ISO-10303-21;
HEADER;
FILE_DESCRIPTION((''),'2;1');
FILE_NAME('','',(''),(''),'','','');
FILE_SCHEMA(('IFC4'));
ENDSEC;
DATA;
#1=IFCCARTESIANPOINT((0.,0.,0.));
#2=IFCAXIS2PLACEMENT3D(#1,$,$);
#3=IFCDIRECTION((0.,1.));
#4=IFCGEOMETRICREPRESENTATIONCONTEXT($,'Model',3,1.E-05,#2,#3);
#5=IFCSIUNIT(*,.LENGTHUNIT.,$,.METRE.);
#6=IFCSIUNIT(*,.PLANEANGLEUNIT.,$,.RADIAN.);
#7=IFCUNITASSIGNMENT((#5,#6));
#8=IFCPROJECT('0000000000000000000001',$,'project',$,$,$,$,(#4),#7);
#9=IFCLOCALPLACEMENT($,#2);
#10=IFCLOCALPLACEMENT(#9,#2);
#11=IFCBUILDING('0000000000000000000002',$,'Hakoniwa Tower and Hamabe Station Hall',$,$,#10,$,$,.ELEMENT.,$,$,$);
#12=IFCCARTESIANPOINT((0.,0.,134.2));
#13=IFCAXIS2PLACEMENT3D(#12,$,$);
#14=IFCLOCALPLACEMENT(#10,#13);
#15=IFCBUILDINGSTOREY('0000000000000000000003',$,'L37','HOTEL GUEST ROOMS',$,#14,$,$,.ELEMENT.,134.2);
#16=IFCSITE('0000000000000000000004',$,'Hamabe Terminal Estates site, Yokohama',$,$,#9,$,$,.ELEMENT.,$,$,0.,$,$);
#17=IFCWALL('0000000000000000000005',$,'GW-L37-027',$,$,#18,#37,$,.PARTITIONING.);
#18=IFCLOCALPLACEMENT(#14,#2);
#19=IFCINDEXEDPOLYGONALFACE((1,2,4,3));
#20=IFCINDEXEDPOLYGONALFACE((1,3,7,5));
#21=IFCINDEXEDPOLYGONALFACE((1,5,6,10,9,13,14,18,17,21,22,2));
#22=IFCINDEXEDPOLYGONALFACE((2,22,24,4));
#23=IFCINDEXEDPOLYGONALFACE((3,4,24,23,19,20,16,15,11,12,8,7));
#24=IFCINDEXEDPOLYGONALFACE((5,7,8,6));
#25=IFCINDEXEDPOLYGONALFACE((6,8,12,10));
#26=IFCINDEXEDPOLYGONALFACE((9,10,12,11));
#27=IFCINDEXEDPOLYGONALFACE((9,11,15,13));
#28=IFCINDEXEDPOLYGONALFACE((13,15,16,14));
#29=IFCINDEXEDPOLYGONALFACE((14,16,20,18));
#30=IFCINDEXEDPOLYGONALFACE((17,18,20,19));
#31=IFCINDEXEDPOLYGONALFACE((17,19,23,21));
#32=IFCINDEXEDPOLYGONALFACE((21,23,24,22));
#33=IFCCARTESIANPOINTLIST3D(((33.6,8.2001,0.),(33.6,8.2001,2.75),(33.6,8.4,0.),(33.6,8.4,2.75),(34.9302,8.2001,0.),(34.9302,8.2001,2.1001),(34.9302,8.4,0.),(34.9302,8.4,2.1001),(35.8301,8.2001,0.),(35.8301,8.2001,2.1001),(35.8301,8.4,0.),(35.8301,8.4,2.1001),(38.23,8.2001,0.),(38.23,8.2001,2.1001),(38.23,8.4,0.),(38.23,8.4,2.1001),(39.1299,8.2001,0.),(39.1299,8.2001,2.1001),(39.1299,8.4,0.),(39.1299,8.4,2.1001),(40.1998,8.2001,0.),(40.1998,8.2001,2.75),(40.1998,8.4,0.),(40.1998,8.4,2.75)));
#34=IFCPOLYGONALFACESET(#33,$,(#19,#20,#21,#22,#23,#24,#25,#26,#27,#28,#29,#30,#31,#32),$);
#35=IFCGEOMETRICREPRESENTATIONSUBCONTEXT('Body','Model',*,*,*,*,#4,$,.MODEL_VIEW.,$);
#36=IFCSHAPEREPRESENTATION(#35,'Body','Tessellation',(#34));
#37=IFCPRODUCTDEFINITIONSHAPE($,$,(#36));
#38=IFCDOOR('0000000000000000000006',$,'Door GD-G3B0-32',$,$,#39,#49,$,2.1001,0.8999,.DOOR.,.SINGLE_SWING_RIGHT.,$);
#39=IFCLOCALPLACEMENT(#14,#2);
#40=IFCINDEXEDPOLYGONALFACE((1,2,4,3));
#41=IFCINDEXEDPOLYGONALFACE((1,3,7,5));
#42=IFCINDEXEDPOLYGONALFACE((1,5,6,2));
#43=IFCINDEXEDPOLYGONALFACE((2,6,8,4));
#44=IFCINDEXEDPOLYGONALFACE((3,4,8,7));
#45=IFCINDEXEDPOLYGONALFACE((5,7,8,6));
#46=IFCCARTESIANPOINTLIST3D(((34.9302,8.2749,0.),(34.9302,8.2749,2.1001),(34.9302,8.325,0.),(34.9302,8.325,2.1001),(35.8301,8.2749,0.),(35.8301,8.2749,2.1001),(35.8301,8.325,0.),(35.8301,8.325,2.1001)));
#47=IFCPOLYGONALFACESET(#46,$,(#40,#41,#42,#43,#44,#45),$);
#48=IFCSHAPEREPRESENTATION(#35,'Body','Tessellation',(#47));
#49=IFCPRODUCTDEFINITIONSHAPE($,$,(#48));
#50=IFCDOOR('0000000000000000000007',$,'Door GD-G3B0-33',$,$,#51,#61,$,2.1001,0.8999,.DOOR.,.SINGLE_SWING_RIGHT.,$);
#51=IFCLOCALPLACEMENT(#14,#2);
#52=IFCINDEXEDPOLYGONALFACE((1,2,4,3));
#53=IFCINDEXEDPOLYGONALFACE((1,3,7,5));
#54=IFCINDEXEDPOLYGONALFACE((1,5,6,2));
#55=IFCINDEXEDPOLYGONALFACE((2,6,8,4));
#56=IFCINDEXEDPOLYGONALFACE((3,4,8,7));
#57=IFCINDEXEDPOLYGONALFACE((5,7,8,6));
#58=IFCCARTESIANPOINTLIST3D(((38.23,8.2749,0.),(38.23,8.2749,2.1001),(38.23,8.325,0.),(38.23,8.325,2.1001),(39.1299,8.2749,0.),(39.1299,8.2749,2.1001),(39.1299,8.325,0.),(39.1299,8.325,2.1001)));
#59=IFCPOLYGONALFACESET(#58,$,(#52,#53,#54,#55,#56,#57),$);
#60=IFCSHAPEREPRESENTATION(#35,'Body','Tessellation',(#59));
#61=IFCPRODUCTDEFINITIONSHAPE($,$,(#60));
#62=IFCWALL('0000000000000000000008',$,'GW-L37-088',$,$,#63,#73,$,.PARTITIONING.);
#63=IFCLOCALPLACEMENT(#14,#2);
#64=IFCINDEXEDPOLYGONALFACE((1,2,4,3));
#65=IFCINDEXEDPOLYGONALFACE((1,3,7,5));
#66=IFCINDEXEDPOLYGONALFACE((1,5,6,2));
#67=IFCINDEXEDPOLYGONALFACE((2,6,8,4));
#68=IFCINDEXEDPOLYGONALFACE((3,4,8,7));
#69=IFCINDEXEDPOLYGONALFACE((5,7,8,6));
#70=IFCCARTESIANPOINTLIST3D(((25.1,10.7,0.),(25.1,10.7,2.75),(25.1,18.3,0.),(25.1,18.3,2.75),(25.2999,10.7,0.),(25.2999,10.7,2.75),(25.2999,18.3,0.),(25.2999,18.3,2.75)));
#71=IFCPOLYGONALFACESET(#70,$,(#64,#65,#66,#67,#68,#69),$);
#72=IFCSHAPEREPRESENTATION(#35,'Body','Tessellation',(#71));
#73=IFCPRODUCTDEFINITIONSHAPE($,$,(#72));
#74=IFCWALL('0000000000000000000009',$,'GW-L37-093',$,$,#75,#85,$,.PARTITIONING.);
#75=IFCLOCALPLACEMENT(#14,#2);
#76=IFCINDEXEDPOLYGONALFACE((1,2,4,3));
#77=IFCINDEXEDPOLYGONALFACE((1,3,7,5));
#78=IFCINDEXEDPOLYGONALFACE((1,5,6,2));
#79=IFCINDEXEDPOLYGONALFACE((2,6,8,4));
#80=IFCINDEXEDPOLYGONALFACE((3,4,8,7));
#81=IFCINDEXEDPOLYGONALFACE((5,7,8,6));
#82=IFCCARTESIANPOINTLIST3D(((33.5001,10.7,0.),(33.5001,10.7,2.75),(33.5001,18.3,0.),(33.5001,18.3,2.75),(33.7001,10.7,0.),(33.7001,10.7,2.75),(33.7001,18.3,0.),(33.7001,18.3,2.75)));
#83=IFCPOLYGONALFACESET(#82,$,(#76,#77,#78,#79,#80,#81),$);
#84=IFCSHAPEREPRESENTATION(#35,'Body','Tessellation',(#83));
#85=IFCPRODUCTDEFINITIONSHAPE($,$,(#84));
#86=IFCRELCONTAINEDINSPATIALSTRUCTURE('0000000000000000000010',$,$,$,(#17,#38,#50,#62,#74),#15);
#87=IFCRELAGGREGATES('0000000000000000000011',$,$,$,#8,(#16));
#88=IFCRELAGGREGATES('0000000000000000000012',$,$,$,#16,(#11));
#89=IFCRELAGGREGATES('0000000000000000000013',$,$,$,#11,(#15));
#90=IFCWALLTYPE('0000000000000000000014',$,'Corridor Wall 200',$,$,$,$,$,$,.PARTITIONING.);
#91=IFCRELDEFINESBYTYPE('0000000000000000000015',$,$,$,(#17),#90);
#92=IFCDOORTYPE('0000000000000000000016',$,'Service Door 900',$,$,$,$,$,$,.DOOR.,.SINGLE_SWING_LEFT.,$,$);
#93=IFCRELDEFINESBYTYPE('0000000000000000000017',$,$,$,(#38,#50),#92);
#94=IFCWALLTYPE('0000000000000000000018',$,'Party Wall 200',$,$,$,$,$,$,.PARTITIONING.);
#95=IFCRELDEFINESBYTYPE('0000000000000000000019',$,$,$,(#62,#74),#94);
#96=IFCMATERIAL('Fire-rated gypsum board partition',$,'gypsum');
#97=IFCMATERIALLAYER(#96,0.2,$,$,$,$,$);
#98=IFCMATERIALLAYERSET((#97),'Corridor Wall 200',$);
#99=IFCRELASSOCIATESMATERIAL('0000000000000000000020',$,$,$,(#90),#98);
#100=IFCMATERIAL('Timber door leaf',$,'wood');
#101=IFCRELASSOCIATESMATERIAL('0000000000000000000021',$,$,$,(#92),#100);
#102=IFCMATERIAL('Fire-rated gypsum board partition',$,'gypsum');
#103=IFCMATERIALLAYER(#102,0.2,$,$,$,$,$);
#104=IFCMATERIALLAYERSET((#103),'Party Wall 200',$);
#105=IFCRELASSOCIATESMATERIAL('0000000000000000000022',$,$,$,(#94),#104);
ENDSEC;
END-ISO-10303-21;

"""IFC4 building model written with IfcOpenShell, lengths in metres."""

from ifc_helpers import new_model, si_unit, direction, frame, frame_2d, origin, place, context, subcontext, project, spatial, rectangle, extrude, material, layer, layer_set, type_object, element, fill, save


model = new_model("IFC4")

# Units and contexts
model_context = context("Model", 3, precision=1e-05, world=origin(), true_north=direction((0.0, 1.0)))
body_context = subcontext(model_context, "Body", "Model", "MODEL_VIEW")
ifc_project = project(units=[si_unit("LENGTHUNIT", "METRE"), si_unit("PLANEANGLEUNIT", "RADIAN")], contexts=[model_context])

# Site, building, storey
site_placement = place(None, origin())
site = spatial("IfcSite", under=ifc_project, at=site_placement, Name="Hamabe Terminal Estates site, Yokohama", CompositionType="ELEMENT", RefElevation=0.0)
building_placement = place(site_placement, origin())
building = spatial("IfcBuilding", under=site, at=building_placement, Name="Hakoniwa Tower and Hamabe Station Hall", CompositionType="ELEMENT")
storey_placement = place(building_placement, frame((0.0, 0.0, 134.2)))
storey = spatial("IfcBuildingStorey", under=building, at=storey_placement, Name="L37", Description="HOTEL GUEST ROOMS", CompositionType="ELEMENT", Elevation=134.2)

# Wall, openings, doors
ifc_material_1 = material(Name="Fire-rated gypsum board partition", Category="gypsum")
ifc_layer_1 = layer(ifc_material_1, 0.2)
ifc_layer_set_1 = layer_set([ifc_layer_1], Name="Corridor Wall 200")
wall_type_1 = type_object("IfcWallType", Name="Corridor Wall 200", PredefinedType="PARTITIONING", material=ifc_layer_set_1)
wall_1_placement = place(storey_placement, frame((33.6001, 8.3, 0.0), z_axis=(0.0, 0.0, 1.0), x_axis=(1.0, 0.0, 0.0)))
wall_1 = element("IfcWall", 1, at=wall_1_placement, inside=storey, type_object=wall_type_1, Name="GW-L37-027", PredefinedType="PARTITIONING", context=body_context, shape_type="SweptSolid", body=[
    extrude(rectangle(XDim=6.5999, YDim=0.2, at=frame_2d((3.2998, 0.0))), origin(), (0.0, 0.0, 1.0), 2.75),
])
opening_1_placement = place(wall_1_placement, frame((1.3301, 0.0, 0.0)))
opening_1 = element("IfcOpeningElement", 2, at=opening_1_placement, cuts=wall_1, PredefinedType="OPENING", context=body_context, shape_type="SweptSolid", body=[
    extrude(rectangle(XDim=0.8999, YDim=2.1001, at=frame_2d((0.45, 1.05))), frame((0.0, 0.1099, 0.0), z_axis=(0.0, -1.0, 0.0), x_axis=(1.0, 0.0, 0.0)), (0.0, 0.0, 1.0), 0.22),
])
opening_2_placement = place(wall_1_placement, frame((4.6299, 0.0, 0.0)))
opening_2 = element("IfcOpeningElement", 3, at=opening_2_placement, cuts=wall_1, PredefinedType="OPENING", context=body_context, shape_type="SweptSolid", body=[
    extrude(rectangle(XDim=0.8999, YDim=2.1001, at=frame_2d((0.45, 1.05))), frame((0.0, 0.1099, 0.0), z_axis=(0.0, -1.0, 0.0), x_axis=(1.0, 0.0, 0.0)), (0.0, 0.0, 1.0), 0.22),
])
ifc_material_2 = material(Name="Timber door leaf", Category="wood")
door_type_1 = type_object("IfcDoorType", Name="Service Door 900", OperationType="SINGLE_SWING_LEFT", PredefinedType="DOOR", material=ifc_material_2)
door_1_placement = place(opening_1_placement, origin())
door_1 = element("IfcDoor", 4, at=door_1_placement, inside=storey, type_object=door_type_1, Name="Door GD-G3B0-32", OperationType="SINGLE_SWING_RIGHT", OverallHeight=2.1001, OverallWidth=0.8999, PredefinedType="DOOR", context=body_context, shape_type="SweptSolid", body=[
    extrude(rectangle(XDim=0.8999, YDim=2.1001, at=frame_2d((0.45, 1.05))), frame((0.0, 0.0249, 0.0), z_axis=(0.0, -1.0, 0.0), x_axis=(1.0, 0.0, 0.0)), (0.0, 0.0, 1.0), 0.05),
])
fill(opening_1, door_1)
door_2_placement = place(opening_2_placement, origin())
door_2 = element("IfcDoor", 5, at=door_2_placement, inside=storey, type_object=door_type_1, Name="Door GD-G3B0-33", OperationType="SINGLE_SWING_RIGHT", OverallHeight=2.1001, OverallWidth=0.8999, PredefinedType="DOOR", context=body_context, shape_type="SweptSolid", body=[
    extrude(rectangle(XDim=0.8999, YDim=2.1001, at=frame_2d((0.45, 1.05))), frame((0.0, 0.0249, 0.0), z_axis=(0.0, -1.0, 0.0), x_axis=(1.0, 0.0, 0.0)), (0.0, 0.0, 1.0), 0.05),
])
fill(opening_2, door_2)

# Walls
ifc_material_3 = material(Name="Fire-rated gypsum board partition", Category="gypsum")
ifc_layer_2 = layer(ifc_material_3, 0.2)
ifc_layer_set_2 = layer_set([ifc_layer_2], Name="Party Wall 200")
wall_type_2 = type_object("IfcWallType", Name="Party Wall 200", PredefinedType="PARTITIONING", material=ifc_layer_set_2)
for number, where, z_axis, x_axis, name in (
    (6, (25.2, 10.7, 0.0), (0.0, 0.0, 1.0), (0.0, 1.0, 0.0), "GW-L37-088"),
    (7, (33.6001, 10.7, 0.0), (0.0, 0.0, 1.0), (0.0, 1.0, 0.0), "GW-L37-093"),
):
    element("IfcWall", number, at=place(storey_placement, frame(where, z_axis=z_axis, x_axis=x_axis)), inside=storey, type_object=wall_type_2, Name=name, PredefinedType="PARTITIONING", context=body_context, shape_type="SweptSolid", body=[
        extrude(rectangle(XDim=7.6001, YDim=0.2, at=frame_2d((3.8, 0.0))), origin(), (0.0, 0.0, 1.0), 2.75),
    ])

save(model, "model.ifc")
